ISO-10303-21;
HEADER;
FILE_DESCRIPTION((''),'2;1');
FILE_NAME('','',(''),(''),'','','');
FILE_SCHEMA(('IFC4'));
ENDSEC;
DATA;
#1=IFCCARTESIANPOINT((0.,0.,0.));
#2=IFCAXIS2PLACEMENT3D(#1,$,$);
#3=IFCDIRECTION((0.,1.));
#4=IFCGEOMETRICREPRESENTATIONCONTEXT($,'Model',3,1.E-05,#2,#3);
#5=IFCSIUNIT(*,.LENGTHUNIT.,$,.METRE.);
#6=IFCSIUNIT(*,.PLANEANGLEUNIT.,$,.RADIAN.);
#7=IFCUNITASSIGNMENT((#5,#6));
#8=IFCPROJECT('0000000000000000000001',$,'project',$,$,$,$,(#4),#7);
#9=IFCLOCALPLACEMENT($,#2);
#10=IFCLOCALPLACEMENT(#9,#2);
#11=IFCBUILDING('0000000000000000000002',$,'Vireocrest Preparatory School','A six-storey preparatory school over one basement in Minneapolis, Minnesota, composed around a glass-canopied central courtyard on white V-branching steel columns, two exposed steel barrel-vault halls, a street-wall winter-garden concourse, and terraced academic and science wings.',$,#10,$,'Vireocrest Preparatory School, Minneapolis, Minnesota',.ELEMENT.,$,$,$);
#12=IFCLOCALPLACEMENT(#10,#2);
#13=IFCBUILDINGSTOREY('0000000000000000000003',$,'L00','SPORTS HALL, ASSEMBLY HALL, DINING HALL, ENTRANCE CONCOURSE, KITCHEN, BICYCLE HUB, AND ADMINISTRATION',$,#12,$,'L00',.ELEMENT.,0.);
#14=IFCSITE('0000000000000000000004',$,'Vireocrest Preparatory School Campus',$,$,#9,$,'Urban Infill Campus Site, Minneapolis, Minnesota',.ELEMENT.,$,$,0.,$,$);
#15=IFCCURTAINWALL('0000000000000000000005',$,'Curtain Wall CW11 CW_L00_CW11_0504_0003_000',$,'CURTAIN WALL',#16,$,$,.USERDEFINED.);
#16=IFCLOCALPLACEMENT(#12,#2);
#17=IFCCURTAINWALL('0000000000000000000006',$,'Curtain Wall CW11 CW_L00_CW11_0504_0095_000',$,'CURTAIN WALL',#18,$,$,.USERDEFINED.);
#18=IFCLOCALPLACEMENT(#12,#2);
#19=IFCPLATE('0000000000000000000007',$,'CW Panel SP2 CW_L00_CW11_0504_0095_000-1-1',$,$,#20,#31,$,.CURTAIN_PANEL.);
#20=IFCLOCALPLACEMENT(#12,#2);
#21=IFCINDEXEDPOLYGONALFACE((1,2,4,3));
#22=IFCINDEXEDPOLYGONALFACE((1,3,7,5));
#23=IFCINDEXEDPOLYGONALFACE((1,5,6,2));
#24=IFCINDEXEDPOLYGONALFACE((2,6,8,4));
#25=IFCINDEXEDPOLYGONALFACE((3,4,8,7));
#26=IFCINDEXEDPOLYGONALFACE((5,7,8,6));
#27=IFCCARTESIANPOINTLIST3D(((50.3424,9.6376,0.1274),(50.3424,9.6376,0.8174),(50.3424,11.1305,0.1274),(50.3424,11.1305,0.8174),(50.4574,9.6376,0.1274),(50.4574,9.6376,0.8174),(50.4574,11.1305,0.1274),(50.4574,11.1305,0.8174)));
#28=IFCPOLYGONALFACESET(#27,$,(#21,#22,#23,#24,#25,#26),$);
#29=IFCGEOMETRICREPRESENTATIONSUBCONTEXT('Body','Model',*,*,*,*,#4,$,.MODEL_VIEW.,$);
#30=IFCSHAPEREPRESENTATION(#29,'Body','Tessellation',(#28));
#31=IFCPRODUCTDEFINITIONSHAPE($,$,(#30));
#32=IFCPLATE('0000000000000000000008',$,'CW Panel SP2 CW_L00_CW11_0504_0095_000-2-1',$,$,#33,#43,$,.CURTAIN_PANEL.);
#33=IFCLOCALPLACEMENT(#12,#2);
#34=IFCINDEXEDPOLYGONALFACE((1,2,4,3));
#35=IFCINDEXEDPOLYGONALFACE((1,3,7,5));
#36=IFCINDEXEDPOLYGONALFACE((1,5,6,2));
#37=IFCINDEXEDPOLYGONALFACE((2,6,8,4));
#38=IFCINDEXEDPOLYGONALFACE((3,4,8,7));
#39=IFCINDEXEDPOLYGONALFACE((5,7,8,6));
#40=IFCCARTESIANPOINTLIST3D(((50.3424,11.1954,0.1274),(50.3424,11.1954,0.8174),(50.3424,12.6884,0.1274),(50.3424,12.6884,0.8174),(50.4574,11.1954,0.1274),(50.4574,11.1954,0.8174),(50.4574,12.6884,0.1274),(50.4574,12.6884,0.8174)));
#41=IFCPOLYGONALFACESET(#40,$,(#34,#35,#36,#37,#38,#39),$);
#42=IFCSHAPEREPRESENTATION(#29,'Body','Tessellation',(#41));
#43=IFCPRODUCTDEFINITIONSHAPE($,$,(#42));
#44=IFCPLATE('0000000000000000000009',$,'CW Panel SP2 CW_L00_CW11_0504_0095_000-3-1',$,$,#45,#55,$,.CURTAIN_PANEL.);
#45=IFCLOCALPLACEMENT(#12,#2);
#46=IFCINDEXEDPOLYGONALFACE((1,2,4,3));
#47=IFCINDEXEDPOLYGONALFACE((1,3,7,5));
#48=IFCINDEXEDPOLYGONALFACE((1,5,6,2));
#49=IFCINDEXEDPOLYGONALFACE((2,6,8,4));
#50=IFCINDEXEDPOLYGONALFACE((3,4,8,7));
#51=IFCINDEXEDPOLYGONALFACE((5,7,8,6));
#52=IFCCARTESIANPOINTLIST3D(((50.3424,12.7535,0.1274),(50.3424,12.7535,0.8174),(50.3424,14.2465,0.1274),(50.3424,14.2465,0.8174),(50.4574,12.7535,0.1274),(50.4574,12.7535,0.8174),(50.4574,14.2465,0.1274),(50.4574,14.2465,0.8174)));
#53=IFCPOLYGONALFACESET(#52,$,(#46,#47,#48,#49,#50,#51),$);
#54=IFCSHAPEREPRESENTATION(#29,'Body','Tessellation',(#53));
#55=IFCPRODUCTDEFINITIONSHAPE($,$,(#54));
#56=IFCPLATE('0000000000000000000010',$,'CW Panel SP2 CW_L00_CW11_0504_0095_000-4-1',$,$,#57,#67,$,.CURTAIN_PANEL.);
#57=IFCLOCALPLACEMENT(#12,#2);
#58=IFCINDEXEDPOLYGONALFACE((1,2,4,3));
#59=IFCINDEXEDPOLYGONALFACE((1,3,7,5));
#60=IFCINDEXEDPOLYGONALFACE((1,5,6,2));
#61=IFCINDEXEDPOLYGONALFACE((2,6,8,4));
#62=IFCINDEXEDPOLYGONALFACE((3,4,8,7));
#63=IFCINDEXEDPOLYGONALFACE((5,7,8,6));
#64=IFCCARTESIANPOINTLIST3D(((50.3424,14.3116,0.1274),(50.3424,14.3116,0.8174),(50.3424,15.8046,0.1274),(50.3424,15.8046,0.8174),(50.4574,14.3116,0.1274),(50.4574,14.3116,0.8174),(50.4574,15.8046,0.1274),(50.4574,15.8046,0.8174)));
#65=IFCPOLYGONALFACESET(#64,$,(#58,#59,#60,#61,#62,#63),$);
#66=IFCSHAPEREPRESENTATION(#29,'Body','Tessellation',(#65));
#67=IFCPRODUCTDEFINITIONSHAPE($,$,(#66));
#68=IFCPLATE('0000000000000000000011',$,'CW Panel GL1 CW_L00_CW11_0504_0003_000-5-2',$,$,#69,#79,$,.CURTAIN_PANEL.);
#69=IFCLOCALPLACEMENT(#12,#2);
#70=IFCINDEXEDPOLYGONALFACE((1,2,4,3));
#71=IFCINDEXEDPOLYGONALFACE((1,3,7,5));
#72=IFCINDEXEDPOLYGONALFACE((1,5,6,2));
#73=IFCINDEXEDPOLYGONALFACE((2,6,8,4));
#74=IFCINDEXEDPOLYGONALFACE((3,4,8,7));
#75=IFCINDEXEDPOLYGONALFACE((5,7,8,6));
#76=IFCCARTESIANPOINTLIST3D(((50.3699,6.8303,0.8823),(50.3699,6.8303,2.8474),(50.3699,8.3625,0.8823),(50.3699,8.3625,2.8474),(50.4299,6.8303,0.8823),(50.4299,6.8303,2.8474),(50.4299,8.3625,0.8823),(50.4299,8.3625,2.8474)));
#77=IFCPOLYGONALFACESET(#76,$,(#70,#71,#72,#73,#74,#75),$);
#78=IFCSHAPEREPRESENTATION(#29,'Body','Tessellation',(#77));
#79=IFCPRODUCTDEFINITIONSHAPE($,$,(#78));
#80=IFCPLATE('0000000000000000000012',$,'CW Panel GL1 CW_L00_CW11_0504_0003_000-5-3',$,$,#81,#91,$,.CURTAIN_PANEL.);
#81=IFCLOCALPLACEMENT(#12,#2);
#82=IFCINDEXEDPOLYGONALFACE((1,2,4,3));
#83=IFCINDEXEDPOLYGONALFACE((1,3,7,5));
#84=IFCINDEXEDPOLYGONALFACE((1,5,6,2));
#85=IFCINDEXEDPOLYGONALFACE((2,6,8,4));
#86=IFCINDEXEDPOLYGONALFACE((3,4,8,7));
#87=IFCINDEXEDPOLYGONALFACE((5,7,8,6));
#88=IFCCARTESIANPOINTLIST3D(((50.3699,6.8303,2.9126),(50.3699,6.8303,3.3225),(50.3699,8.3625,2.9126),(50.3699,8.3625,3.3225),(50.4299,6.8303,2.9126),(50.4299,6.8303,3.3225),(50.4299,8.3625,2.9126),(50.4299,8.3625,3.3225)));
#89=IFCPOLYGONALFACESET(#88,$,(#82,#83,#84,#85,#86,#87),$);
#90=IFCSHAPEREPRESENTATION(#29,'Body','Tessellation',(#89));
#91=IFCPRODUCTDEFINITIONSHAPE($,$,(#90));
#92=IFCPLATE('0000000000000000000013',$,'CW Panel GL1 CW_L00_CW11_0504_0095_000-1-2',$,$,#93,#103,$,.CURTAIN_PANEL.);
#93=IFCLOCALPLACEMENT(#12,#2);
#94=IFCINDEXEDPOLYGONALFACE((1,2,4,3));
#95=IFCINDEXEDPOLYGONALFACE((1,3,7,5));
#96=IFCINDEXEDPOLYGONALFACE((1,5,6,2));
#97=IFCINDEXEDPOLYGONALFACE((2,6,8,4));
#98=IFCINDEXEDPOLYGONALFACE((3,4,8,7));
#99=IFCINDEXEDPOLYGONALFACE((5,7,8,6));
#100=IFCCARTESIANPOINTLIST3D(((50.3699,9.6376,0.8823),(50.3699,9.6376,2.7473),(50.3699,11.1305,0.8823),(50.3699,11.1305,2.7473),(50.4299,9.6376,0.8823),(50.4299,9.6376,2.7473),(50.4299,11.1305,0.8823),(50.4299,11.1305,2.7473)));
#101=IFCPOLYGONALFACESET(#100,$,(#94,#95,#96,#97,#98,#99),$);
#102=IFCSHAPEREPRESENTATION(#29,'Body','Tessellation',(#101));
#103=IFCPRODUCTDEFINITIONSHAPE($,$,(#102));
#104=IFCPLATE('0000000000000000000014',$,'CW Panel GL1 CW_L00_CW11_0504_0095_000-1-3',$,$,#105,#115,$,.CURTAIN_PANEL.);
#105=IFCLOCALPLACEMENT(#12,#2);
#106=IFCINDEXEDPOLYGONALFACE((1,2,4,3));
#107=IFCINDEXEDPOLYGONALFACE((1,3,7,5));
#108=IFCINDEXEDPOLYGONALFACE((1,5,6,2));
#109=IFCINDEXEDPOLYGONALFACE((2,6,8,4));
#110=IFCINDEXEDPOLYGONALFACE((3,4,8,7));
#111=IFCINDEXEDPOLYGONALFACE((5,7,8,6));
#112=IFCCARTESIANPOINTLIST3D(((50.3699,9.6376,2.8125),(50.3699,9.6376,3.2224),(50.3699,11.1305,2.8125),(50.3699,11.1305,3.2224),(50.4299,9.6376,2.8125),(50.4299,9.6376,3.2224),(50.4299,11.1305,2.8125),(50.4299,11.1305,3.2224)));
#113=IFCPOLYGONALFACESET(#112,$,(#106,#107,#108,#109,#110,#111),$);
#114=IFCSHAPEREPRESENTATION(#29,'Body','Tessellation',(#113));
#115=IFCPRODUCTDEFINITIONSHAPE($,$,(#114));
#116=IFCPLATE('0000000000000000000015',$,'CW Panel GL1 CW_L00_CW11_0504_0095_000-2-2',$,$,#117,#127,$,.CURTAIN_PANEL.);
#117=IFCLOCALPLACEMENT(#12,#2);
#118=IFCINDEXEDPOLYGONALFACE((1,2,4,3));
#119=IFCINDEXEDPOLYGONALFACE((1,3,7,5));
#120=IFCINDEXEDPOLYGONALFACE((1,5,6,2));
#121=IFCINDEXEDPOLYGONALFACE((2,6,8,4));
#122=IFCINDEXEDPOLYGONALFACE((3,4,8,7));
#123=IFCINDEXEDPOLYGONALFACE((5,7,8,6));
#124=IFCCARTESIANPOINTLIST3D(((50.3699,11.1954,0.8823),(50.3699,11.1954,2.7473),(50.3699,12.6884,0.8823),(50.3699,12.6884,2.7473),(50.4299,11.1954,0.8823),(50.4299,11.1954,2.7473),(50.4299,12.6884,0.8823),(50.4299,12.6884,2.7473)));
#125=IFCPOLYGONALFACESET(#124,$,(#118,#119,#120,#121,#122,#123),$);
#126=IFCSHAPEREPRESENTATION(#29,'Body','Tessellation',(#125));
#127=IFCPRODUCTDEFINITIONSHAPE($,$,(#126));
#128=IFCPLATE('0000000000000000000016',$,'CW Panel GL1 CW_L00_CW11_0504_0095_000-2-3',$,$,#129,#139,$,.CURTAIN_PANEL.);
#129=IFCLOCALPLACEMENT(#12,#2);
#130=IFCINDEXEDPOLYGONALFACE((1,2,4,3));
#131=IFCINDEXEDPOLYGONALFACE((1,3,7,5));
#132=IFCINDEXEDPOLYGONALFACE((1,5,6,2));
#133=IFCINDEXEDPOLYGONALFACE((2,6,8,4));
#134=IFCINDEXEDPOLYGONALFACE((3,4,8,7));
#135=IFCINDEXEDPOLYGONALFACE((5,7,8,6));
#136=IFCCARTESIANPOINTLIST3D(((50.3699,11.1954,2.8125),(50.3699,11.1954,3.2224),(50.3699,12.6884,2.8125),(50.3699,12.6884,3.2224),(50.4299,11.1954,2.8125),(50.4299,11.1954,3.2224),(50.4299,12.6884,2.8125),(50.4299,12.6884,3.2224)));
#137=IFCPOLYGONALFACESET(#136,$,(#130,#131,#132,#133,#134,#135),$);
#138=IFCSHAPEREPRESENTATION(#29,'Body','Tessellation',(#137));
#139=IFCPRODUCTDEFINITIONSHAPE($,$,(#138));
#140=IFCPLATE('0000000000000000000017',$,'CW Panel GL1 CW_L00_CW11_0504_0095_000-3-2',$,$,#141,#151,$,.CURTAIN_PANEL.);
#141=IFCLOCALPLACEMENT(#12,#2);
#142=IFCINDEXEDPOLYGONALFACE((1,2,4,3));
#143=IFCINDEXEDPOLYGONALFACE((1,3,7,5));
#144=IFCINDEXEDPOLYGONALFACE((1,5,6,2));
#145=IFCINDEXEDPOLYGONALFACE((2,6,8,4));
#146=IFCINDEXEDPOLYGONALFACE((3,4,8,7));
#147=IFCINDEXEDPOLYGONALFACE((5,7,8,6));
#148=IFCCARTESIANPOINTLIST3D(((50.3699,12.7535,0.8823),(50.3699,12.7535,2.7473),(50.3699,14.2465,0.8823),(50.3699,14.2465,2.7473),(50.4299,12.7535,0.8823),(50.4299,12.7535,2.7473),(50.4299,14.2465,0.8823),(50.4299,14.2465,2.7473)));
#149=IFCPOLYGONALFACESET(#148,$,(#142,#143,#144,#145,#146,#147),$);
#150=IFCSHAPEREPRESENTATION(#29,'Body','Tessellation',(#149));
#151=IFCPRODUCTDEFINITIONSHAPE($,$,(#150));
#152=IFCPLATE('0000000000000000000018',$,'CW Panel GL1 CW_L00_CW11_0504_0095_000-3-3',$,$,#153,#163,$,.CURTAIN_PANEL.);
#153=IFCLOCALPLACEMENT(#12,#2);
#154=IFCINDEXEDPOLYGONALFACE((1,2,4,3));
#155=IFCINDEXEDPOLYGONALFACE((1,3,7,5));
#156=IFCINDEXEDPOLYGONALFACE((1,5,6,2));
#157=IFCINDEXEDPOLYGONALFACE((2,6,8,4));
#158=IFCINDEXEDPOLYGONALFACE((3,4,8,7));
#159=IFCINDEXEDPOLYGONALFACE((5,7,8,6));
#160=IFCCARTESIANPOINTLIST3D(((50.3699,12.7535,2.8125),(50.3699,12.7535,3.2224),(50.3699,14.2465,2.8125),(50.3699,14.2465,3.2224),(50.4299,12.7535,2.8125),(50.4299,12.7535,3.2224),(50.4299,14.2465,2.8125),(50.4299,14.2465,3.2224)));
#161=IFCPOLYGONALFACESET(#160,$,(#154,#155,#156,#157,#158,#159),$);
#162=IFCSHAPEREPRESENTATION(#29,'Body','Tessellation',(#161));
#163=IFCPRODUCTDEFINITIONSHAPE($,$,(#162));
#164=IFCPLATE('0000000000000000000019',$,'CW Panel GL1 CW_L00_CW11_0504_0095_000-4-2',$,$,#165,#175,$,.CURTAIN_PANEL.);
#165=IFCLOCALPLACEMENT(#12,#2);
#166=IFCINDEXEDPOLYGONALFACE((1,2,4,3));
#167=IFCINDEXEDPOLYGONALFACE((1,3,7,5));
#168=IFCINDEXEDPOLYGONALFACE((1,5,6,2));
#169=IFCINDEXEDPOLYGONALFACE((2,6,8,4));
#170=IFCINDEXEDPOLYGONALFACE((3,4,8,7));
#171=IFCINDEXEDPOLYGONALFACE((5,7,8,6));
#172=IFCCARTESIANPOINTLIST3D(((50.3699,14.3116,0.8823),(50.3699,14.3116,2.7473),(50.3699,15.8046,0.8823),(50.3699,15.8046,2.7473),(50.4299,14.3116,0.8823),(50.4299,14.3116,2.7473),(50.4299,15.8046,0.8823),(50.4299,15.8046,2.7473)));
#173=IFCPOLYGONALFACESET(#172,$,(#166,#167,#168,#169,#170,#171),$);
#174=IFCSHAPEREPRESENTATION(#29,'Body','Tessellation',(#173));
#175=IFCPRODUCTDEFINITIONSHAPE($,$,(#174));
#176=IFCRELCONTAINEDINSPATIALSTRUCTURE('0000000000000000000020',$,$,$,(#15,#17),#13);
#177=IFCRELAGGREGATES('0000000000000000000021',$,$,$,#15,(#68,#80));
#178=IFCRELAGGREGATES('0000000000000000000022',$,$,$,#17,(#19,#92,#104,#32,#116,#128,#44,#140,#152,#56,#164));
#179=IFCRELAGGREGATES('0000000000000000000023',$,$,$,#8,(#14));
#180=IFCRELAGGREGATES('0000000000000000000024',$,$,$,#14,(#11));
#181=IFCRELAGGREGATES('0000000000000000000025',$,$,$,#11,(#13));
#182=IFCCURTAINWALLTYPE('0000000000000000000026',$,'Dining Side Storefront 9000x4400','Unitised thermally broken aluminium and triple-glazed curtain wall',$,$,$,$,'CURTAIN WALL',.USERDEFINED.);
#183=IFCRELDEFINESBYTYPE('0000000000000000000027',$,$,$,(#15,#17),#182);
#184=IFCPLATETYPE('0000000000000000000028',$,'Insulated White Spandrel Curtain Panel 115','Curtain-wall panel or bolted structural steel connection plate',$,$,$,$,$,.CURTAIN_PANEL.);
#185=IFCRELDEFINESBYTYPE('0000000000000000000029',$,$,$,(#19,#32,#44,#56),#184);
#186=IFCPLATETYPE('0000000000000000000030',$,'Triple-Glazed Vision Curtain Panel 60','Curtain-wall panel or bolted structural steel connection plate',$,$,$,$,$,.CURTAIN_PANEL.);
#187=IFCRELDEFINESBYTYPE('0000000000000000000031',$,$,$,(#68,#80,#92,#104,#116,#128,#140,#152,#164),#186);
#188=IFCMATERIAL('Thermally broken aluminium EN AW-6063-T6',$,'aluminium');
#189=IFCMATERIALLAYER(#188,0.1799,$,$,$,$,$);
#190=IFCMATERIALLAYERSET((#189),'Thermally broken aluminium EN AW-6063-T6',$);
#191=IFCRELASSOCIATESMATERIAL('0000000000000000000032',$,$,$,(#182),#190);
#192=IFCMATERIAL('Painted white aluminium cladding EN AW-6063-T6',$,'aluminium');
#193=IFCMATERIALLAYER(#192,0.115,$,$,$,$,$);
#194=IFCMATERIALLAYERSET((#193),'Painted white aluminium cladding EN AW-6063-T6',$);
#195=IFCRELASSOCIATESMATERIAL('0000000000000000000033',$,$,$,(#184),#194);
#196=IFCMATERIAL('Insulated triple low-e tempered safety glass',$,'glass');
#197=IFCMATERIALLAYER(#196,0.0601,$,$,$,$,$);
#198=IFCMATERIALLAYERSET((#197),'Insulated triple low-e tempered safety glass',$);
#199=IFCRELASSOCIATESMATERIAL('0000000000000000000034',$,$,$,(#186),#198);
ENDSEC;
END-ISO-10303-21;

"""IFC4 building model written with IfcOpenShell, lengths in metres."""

from ifc_helpers import new_model, si_unit, direction, frame, origin, origin_2d, place, context, subcontext, project, spatial, rectangle, extrude, material, layer, layer_set, type_object, element, aggregate, save


model = new_model("IFC4")

# Units and contexts
model_context = context("Model", 3, precision=1e-05, world=origin(), true_north=direction((0.0, 1.0)))
body_context = subcontext(model_context, "Body", "Model", "MODEL_VIEW")
ifc_project = project(units=[si_unit("LENGTHUNIT", "METRE"), si_unit("PLANEANGLEUNIT", "RADIAN")], contexts=[model_context])

# Site, building, storey
site_placement = place(None, origin())
site = spatial("IfcSite", under=ifc_project, at=site_placement, Name="Vireocrest Preparatory School Campus", LongName="Urban Infill Campus Site, Minneapolis, Minnesota", CompositionType="ELEMENT", RefElevation=0.0)
building_placement = place(site_placement, origin())
building = spatial("IfcBuilding", under=site, at=building_placement, Name="Vireocrest Preparatory School", Description="A six-storey preparatory school over one basement in Minneapolis, Minnesota, composed around a glass-canopied central courtyard on white V-branching steel columns, two exposed steel barrel-vault halls, a street-wall winter-garden concourse, and terraced academic and science wings.", LongName="Vireocrest Preparatory School, Minneapolis, Minnesota", CompositionType="ELEMENT")
storey_placement = place(building_placement, origin())
storey = spatial("IfcBuildingStorey", under=building, at=storey_placement, Name="L00", Description="SPORTS HALL, ASSEMBLY HALL, DINING HALL, ENTRANCE CONCOURSE, KITCHEN, BICYCLE HUB, AND ADMINISTRATION", LongName="L00", CompositionType="ELEMENT", Elevation=0.0)

# Curtain wall
ifc_material_1 = material(Name="Thermally broken aluminium EN AW-6063-T6", Category="aluminium")
ifc_layer_1 = layer(ifc_material_1, 0.1799)
ifc_layer_set_1 = layer_set([ifc_layer_1], Name="Thermally broken aluminium EN AW-6063-T6")
curtain_wall_type = type_object("IfcCurtainWallType", Name="Dining Side Storefront 9000x4400", Description="Unitised thermally broken aluminium and triple-glazed curtain wall", ElementType="CURTAIN WALL", PredefinedType="USERDEFINED", material=ifc_layer_set_1)
curtain_wall_1_placement = place(storey_placement, origin())
curtain_wall_1 = element("IfcCurtainWall", 1, at=curtain_wall_1_placement, inside=storey, type_object=curtain_wall_type, Name="Curtain Wall CW11 CW_L00_CW11_0504_0003_000", ObjectType="CURTAIN WALL", PredefinedType="USERDEFINED")

# Curtain wall
curtain_wall_2_placement = place(storey_placement, origin())
curtain_wall_2 = element("IfcCurtainWall", 2, at=curtain_wall_2_placement, inside=storey, type_object=curtain_wall_type, Name="Curtain Wall CW11 CW_L00_CW11_0504_0095_000", ObjectType="CURTAIN WALL", PredefinedType="USERDEFINED")

# Plates
ifc_material_2 = material(Name="Painted white aluminium cladding EN AW-6063-T6", Category="aluminium")
ifc_layer_2 = layer(ifc_material_2, 0.115)
ifc_layer_set_2 = layer_set([ifc_layer_2], Name="Painted white aluminium cladding EN AW-6063-T6")
plate_type_1 = type_object("IfcPlateType", Name="Insulated White Spandrel Curtain Panel 115", Description="Curtain-wall panel or bolted structural steel connection plate", PredefinedType="CURTAIN_PANEL", material=ifc_layer_set_2)
plate_1_placement = place(storey_placement, frame((50.3999, 10.384, 0.1274), z_axis=(0.0, 0.0, 1.0), x_axis=(0.0, 1.0, 0.0)))
plate_1 = element("IfcPlate", 3, at=plate_1_placement, type_object=plate_type_1, Name="CW Panel SP2 CW_L00_CW11_0504_0095_000-1-1", PredefinedType="CURTAIN_PANEL", context=body_context, shape_type="SweptSolid", body=[
    extrude(rectangle(XDim=1.4929, YDim=0.115, at=origin_2d()), origin(), (0.0, 0.0, 1.0), 0.6899),
])
plate_2_placement = place(storey_placement, frame((50.3999, 11.9419, 0.1274), z_axis=(0.0, 0.0, 1.0), x_axis=(0.0, 1.0, 0.0)))
plate_2 = element("IfcPlate", 4, at=plate_2_placement, type_object=plate_type_1, Name="CW Panel SP2 CW_L00_CW11_0504_0095_000-2-1", PredefinedType="CURTAIN_PANEL", context=body_context, shape_type="SweptSolid", body=[
    extrude(rectangle(XDim=1.4929, YDim=0.115, at=origin_2d()), origin(), (0.0, 0.0, 1.0), 0.6899),
])
plate_3_placement = place(storey_placement, frame((50.3999, 13.5, 0.1274), z_axis=(0.0, 0.0, 1.0), x_axis=(0.0, 1.0, 0.0)))
plate_3 = element("IfcPlate", 5, at=plate_3_placement, type_object=plate_type_1, Name="CW Panel SP2 CW_L00_CW11_0504_0095_000-3-1", PredefinedType="CURTAIN_PANEL", context=body_context, shape_type="SweptSolid", body=[
    extrude(rectangle(XDim=1.4929, YDim=0.115, at=origin_2d()), origin(), (0.0, 0.0, 1.0), 0.6899),
])
plate_4_placement = place(storey_placement, frame((50.3999, 15.0581, 0.1274), z_axis=(0.0, 0.0, 1.0), x_axis=(0.0, 1.0, 0.0)))
plate_4 = element("IfcPlate", 6, at=plate_4_placement, type_object=plate_type_1, Name="CW Panel SP2 CW_L00_CW11_0504_0095_000-4-1", PredefinedType="CURTAIN_PANEL", context=body_context, shape_type="SweptSolid", body=[
    extrude(rectangle(XDim=1.4929, YDim=0.115, at=origin_2d()), origin(), (0.0, 0.0, 1.0), 0.6899),
])
ifc_material_3 = material(Name="Insulated triple low-e tempered safety glass", Category="glass")
ifc_layer_3 = layer(ifc_material_3, 0.0601)
ifc_layer_set_3 = layer_set([ifc_layer_3], Name="Insulated triple low-e tempered safety glass")
plate_type_2 = type_object("IfcPlateType", Name="Triple-Glazed Vision Curtain Panel 60", Description="Curtain-wall panel or bolted structural steel connection plate", PredefinedType="CURTAIN_PANEL", material=ifc_layer_set_3)
plate_5_placement = place(storey_placement, frame((50.3999, 7.5964, 0.8823), z_axis=(0.0, 0.0, 1.0), x_axis=(0.0, 1.0, 0.0)))
plate_5 = element("IfcPlate", 7, at=plate_5_placement, type_object=plate_type_2, Name="CW Panel GL1 CW_L00_CW11_0504_0003_000-5-2", PredefinedType="CURTAIN_PANEL", context=body_context, shape_type="SweptSolid", body=[
    extrude(rectangle(XDim=1.5322, YDim=0.0601, at=origin_2d()), origin(), (0.0, 0.0, 1.0), 1.9651),
])
plate_6_placement = place(storey_placement, frame((50.3999, 7.5964, 2.9126), z_axis=(0.0, 0.0, 1.0), x_axis=(0.0, 1.0, 0.0)))
plate_6 = element("IfcPlate", 8, at=plate_6_placement, type_object=plate_type_2, Name="CW Panel GL1 CW_L00_CW11_0504_0003_000-5-3", PredefinedType="CURTAIN_PANEL", context=body_context, shape_type="SweptSolid", body=[
    extrude(rectangle(XDim=1.5322, YDim=0.0601, at=origin_2d()), origin(), (0.0, 0.0, 1.0), 0.4099),
])
aggregate(curtain_wall_1, [plate_5, plate_6])
plate_7_placement = place(storey_placement, frame((50.3999, 10.384, 0.8823), z_axis=(0.0, 0.0, 1.0), x_axis=(0.0, 1.0, 0.0)))
plate_7 = element("IfcPlate", 9, at=plate_7_placement, type_object=plate_type_2, Name="CW Panel GL1 CW_L00_CW11_0504_0095_000-1-2", PredefinedType="CURTAIN_PANEL", context=body_context, shape_type="SweptSolid", body=[
    extrude(rectangle(XDim=1.4929, YDim=0.0601, at=origin_2d()), origin(), (0.0, 0.0, 1.0), 1.865),
])
plate_8_placement = place(storey_placement, frame((50.3999, 10.384, 2.8125), z_axis=(0.0, 0.0, 1.0), x_axis=(0.0, 1.0, 0.0)))
plate_8 = element("IfcPlate", 10, at=plate_8_placement, type_object=plate_type_2, Name="CW Panel GL1 CW_L00_CW11_0504_0095_000-1-3", PredefinedType="CURTAIN_PANEL", context=body_context, shape_type="SweptSolid", body=[
    extrude(rectangle(XDim=1.4929, YDim=0.0601, at=origin_2d()), origin(), (0.0, 0.0, 1.0), 0.4099),
])
plate_9_placement = place(storey_placement, frame((50.3999, 11.9419, 0.8823), z_axis=(0.0, 0.0, 1.0), x_axis=(0.0, 1.0, 0.0)))
plate_9 = element("IfcPlate", 11, at=plate_9_placement, type_object=plate_type_2, Name="CW Panel GL1 CW_L00_CW11_0504_0095_000-2-2", PredefinedType="CURTAIN_PANEL", context=body_context, shape_type="SweptSolid", body=[
    extrude(rectangle(XDim=1.4929, YDim=0.0601, at=origin_2d()), origin(), (0.0, 0.0, 1.0), 1.865),
])
plate_10_placement = place(storey_placement, frame((50.3999, 11.9419, 2.8125), z_axis=(0.0, 0.0, 1.0), x_axis=(0.0, 1.0, 0.0)))
plate_10 = element("IfcPlate", 12, at=plate_10_placement, type_object=plate_type_2, Name="CW Panel GL1 CW_L00_CW11_0504_0095_000-2-3", PredefinedType="CURTAIN_PANEL", context=body_context, shape_type="SweptSolid", body=[
    extrude(rectangle(XDim=1.4929, YDim=0.0601, at=origin_2d()), origin(), (0.0, 0.0, 1.0), 0.4099),
])
plate_11_placement = place(storey_placement, frame((50.3999, 13.5, 0.8823), z_axis=(0.0, 0.0, 1.0), x_axis=(0.0, 1.0, 0.0)))
plate_11 = element("IfcPlate", 13, at=plate_11_placement, type_object=plate_type_2, Name="CW Panel GL1 CW_L00_CW11_0504_0095_000-3-2", PredefinedType="CURTAIN_PANEL", context=body_context, shape_type="SweptSolid", body=[
    extrude(rectangle(XDim=1.4929, YDim=0.0601, at=origin_2d()), origin(), (0.0, 0.0, 1.0), 1.865),
])
plate_12_placement = place(storey_placement, frame((50.3999, 13.5, 2.8125), z_axis=(0.0, 0.0, 1.0), x_axis=(0.0, 1.0, 0.0)))
plate_12 = element("IfcPlate", 14, at=plate_12_placement, type_object=plate_type_2, Name="CW Panel GL1 CW_L00_CW11_0504_0095_000-3-3", PredefinedType="CURTAIN_PANEL", context=body_context, shape_type="SweptSolid", body=[
    extrude(rectangle(XDim=1.4929, YDim=0.0601, at=origin_2d()), origin(), (0.0, 0.0, 1.0), 0.4099),
])
plate_13_placement = place(storey_placement, frame((50.3999, 15.0581, 0.8823), z_axis=(0.0, 0.0, 1.0), x_axis=(0.0, 1.0, 0.0)))
plate_13 = element("IfcPlate", 15, at=plate_13_placement, type_object=plate_type_2, Name="CW Panel GL1 CW_L00_CW11_0504_0095_000-4-2", PredefinedType="CURTAIN_PANEL", context=body_context, shape_type="SweptSolid", body=[
    extrude(rectangle(XDim=1.4929, YDim=0.0601, at=origin_2d()), origin(), (0.0, 0.0, 1.0), 1.865),
])
aggregate(curtain_wall_2, [plate_1, plate_7, plate_8, plate_2, plate_9, plate_10, plate_3, plate_11, plate_12, plate_4, plate_13])

save(model, "model.ifc")
